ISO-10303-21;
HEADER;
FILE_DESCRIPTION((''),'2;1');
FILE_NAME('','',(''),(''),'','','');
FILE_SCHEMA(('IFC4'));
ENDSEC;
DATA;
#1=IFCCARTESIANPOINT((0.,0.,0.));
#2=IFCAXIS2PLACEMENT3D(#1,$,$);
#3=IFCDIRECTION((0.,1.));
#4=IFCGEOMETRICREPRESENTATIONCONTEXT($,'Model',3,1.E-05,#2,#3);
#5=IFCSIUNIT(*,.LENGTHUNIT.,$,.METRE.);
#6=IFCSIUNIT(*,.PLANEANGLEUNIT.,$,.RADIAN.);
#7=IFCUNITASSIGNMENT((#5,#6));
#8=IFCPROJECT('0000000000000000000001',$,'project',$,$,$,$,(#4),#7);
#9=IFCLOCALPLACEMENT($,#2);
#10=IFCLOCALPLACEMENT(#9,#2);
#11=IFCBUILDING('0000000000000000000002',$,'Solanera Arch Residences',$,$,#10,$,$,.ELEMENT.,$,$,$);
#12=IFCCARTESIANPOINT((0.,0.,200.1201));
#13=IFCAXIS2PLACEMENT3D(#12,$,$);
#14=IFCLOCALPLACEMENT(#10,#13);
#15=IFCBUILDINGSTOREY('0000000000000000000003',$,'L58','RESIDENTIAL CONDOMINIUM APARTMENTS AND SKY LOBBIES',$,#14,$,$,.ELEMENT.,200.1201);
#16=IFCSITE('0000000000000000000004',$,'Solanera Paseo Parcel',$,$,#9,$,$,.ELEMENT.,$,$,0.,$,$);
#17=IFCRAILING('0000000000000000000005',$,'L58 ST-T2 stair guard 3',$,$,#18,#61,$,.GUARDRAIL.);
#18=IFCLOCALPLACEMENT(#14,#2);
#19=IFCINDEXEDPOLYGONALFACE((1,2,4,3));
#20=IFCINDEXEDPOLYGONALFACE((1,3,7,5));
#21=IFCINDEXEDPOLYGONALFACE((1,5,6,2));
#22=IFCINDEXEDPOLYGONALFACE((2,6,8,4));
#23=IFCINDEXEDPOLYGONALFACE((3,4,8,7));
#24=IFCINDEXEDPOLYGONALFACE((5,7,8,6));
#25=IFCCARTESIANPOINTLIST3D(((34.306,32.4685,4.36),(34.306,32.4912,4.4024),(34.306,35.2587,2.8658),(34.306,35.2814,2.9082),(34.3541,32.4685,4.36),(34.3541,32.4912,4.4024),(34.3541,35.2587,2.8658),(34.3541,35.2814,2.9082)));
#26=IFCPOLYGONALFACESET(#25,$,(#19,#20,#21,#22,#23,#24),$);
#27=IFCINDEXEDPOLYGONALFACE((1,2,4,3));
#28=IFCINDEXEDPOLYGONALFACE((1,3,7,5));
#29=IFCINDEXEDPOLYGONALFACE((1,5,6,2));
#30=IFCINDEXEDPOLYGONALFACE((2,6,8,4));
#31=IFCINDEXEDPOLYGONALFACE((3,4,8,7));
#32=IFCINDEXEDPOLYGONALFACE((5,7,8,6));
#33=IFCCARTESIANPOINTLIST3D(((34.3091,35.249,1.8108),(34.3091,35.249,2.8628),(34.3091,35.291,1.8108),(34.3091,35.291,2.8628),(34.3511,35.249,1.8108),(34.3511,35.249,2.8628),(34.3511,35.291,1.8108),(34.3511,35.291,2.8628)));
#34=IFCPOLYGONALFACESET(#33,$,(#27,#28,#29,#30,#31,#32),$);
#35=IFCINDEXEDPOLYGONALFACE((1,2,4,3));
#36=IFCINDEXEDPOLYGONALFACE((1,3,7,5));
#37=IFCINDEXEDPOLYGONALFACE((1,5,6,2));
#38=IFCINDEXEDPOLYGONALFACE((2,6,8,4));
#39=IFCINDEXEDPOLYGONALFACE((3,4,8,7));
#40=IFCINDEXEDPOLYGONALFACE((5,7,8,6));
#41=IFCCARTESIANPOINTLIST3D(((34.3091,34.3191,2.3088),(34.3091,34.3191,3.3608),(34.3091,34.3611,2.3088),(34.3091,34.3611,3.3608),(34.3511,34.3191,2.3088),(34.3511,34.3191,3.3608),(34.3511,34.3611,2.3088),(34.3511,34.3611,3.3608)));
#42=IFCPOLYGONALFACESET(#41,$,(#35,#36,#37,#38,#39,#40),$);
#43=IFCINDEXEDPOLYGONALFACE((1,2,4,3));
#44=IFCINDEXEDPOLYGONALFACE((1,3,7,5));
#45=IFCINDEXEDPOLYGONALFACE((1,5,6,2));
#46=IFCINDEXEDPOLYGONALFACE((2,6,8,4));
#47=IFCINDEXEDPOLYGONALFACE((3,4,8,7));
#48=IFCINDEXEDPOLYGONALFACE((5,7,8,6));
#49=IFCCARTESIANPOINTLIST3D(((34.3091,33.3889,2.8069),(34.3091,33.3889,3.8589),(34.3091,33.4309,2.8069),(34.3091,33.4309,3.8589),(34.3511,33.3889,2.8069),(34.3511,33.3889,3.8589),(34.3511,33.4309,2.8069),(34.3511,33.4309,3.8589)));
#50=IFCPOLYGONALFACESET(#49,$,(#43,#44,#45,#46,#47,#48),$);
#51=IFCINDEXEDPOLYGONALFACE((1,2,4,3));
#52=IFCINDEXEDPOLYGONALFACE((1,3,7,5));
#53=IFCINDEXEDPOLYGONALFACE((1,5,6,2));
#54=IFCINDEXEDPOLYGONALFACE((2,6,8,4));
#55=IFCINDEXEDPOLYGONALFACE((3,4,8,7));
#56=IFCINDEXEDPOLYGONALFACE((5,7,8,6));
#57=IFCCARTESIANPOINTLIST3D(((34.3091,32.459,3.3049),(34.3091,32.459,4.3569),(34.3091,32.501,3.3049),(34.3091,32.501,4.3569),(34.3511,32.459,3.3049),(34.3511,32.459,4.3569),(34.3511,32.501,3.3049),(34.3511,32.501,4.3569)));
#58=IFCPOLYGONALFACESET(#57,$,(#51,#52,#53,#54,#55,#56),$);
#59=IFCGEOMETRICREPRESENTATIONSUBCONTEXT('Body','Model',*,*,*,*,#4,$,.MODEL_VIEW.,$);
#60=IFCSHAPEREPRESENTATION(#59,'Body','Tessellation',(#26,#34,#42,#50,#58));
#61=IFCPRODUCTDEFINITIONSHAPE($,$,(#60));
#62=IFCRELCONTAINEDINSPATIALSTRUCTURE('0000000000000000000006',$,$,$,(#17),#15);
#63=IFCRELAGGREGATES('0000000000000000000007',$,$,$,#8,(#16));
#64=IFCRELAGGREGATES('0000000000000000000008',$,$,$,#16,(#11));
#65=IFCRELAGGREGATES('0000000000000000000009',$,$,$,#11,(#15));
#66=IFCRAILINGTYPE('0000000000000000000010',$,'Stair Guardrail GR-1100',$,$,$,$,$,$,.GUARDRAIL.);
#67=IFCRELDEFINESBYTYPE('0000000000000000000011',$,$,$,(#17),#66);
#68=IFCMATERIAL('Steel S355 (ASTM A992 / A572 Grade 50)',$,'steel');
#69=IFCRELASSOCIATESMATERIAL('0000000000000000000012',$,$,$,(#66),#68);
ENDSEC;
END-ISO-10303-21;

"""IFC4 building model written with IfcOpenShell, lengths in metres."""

from ifc_helpers import new_model, si_unit, direction, frame, origin, origin_2d, place, context, subcontext, project, spatial, rectangle, extrude, material, type_object, element, save


model = new_model("IFC4")

# Units and contexts
model_context = context("Model", 3, precision=1e-05, world=origin(), true_north=direction((0.0, 1.0)))
body_context = subcontext(model_context, "Body", "Model", "MODEL_VIEW")
ifc_project = project(units=[si_unit("LENGTHUNIT", "METRE"), si_unit("PLANEANGLEUNIT", "RADIAN")], contexts=[model_context])

# Site, building, storey
site_placement = place(None, origin())
site = spatial("IfcSite", under=ifc_project, at=site_placement, Name="Solanera Paseo Parcel", CompositionType="ELEMENT", RefElevation=0.0)
building_placement = place(site_placement, origin())
building = spatial("IfcBuilding", under=site, at=building_placement, Name="Solanera Arch Residences", CompositionType="ELEMENT")
storey_placement = place(building_placement, frame((0.0, 0.0, 200.1201)))
storey = spatial("IfcBuildingStorey", under=building, at=storey_placement, Name="L58", Description="RESIDENTIAL CONDOMINIUM APARTMENTS AND SKY LOBBIES", CompositionType="ELEMENT", Elevation=200.1201)

# Railing
ifc_material_1 = material(Name="Steel S355 (ASTM A992 / A572 Grade 50)", Category="steel")
railing_type_1 = type_object("IfcRailingType", Name="Stair Guardrail GR-1100", PredefinedType="GUARDRAIL", material=ifc_material_1)
railing_1_placement = place(storey_placement, frame((34.3301, 35.27, 1.8108)))
element("IfcRailing", 1, at=railing_1_placement, inside=storey, type_object=railing_type_1, Name="L58 ST-T2 stair guard 3", PredefinedType="GUARDRAIL", context=body_context, shape_type="SweptSolid", body=[
    extrude(rectangle(XDim=0.0481, YDim=0.0481, at=origin_2d()), frame((0.0, 0.0, 1.0762), z_axis=(0.0, -0.881549, 0.472093), x_axis=(1.0, 0.0, 0.0)), (0.0, 0.0, 1.0), 3.165),
    extrude(rectangle(XDim=0.042, YDim=0.042, at=origin_2d()), origin(), (0.0, 0.0, 1.0), 1.052),
    extrude(rectangle(XDim=0.042, YDim=0.042, at=origin_2d()), frame((0.0, -0.9299, 0.498)), (0.0, 0.0, 1.0), 1.052),
    extrude(rectangle(XDim=0.042, YDim=0.042, at=origin_2d()), frame((0.0, -1.8601, 0.9961)), (0.0, 0.0, 1.0), 1.052),
    extrude(rectangle(XDim=0.042, YDim=0.042, at=origin_2d()), frame((0.0, -2.79, 1.4941)), (0.0, 0.0, 1.0), 1.052),
])

save(model, "model.ifc")
